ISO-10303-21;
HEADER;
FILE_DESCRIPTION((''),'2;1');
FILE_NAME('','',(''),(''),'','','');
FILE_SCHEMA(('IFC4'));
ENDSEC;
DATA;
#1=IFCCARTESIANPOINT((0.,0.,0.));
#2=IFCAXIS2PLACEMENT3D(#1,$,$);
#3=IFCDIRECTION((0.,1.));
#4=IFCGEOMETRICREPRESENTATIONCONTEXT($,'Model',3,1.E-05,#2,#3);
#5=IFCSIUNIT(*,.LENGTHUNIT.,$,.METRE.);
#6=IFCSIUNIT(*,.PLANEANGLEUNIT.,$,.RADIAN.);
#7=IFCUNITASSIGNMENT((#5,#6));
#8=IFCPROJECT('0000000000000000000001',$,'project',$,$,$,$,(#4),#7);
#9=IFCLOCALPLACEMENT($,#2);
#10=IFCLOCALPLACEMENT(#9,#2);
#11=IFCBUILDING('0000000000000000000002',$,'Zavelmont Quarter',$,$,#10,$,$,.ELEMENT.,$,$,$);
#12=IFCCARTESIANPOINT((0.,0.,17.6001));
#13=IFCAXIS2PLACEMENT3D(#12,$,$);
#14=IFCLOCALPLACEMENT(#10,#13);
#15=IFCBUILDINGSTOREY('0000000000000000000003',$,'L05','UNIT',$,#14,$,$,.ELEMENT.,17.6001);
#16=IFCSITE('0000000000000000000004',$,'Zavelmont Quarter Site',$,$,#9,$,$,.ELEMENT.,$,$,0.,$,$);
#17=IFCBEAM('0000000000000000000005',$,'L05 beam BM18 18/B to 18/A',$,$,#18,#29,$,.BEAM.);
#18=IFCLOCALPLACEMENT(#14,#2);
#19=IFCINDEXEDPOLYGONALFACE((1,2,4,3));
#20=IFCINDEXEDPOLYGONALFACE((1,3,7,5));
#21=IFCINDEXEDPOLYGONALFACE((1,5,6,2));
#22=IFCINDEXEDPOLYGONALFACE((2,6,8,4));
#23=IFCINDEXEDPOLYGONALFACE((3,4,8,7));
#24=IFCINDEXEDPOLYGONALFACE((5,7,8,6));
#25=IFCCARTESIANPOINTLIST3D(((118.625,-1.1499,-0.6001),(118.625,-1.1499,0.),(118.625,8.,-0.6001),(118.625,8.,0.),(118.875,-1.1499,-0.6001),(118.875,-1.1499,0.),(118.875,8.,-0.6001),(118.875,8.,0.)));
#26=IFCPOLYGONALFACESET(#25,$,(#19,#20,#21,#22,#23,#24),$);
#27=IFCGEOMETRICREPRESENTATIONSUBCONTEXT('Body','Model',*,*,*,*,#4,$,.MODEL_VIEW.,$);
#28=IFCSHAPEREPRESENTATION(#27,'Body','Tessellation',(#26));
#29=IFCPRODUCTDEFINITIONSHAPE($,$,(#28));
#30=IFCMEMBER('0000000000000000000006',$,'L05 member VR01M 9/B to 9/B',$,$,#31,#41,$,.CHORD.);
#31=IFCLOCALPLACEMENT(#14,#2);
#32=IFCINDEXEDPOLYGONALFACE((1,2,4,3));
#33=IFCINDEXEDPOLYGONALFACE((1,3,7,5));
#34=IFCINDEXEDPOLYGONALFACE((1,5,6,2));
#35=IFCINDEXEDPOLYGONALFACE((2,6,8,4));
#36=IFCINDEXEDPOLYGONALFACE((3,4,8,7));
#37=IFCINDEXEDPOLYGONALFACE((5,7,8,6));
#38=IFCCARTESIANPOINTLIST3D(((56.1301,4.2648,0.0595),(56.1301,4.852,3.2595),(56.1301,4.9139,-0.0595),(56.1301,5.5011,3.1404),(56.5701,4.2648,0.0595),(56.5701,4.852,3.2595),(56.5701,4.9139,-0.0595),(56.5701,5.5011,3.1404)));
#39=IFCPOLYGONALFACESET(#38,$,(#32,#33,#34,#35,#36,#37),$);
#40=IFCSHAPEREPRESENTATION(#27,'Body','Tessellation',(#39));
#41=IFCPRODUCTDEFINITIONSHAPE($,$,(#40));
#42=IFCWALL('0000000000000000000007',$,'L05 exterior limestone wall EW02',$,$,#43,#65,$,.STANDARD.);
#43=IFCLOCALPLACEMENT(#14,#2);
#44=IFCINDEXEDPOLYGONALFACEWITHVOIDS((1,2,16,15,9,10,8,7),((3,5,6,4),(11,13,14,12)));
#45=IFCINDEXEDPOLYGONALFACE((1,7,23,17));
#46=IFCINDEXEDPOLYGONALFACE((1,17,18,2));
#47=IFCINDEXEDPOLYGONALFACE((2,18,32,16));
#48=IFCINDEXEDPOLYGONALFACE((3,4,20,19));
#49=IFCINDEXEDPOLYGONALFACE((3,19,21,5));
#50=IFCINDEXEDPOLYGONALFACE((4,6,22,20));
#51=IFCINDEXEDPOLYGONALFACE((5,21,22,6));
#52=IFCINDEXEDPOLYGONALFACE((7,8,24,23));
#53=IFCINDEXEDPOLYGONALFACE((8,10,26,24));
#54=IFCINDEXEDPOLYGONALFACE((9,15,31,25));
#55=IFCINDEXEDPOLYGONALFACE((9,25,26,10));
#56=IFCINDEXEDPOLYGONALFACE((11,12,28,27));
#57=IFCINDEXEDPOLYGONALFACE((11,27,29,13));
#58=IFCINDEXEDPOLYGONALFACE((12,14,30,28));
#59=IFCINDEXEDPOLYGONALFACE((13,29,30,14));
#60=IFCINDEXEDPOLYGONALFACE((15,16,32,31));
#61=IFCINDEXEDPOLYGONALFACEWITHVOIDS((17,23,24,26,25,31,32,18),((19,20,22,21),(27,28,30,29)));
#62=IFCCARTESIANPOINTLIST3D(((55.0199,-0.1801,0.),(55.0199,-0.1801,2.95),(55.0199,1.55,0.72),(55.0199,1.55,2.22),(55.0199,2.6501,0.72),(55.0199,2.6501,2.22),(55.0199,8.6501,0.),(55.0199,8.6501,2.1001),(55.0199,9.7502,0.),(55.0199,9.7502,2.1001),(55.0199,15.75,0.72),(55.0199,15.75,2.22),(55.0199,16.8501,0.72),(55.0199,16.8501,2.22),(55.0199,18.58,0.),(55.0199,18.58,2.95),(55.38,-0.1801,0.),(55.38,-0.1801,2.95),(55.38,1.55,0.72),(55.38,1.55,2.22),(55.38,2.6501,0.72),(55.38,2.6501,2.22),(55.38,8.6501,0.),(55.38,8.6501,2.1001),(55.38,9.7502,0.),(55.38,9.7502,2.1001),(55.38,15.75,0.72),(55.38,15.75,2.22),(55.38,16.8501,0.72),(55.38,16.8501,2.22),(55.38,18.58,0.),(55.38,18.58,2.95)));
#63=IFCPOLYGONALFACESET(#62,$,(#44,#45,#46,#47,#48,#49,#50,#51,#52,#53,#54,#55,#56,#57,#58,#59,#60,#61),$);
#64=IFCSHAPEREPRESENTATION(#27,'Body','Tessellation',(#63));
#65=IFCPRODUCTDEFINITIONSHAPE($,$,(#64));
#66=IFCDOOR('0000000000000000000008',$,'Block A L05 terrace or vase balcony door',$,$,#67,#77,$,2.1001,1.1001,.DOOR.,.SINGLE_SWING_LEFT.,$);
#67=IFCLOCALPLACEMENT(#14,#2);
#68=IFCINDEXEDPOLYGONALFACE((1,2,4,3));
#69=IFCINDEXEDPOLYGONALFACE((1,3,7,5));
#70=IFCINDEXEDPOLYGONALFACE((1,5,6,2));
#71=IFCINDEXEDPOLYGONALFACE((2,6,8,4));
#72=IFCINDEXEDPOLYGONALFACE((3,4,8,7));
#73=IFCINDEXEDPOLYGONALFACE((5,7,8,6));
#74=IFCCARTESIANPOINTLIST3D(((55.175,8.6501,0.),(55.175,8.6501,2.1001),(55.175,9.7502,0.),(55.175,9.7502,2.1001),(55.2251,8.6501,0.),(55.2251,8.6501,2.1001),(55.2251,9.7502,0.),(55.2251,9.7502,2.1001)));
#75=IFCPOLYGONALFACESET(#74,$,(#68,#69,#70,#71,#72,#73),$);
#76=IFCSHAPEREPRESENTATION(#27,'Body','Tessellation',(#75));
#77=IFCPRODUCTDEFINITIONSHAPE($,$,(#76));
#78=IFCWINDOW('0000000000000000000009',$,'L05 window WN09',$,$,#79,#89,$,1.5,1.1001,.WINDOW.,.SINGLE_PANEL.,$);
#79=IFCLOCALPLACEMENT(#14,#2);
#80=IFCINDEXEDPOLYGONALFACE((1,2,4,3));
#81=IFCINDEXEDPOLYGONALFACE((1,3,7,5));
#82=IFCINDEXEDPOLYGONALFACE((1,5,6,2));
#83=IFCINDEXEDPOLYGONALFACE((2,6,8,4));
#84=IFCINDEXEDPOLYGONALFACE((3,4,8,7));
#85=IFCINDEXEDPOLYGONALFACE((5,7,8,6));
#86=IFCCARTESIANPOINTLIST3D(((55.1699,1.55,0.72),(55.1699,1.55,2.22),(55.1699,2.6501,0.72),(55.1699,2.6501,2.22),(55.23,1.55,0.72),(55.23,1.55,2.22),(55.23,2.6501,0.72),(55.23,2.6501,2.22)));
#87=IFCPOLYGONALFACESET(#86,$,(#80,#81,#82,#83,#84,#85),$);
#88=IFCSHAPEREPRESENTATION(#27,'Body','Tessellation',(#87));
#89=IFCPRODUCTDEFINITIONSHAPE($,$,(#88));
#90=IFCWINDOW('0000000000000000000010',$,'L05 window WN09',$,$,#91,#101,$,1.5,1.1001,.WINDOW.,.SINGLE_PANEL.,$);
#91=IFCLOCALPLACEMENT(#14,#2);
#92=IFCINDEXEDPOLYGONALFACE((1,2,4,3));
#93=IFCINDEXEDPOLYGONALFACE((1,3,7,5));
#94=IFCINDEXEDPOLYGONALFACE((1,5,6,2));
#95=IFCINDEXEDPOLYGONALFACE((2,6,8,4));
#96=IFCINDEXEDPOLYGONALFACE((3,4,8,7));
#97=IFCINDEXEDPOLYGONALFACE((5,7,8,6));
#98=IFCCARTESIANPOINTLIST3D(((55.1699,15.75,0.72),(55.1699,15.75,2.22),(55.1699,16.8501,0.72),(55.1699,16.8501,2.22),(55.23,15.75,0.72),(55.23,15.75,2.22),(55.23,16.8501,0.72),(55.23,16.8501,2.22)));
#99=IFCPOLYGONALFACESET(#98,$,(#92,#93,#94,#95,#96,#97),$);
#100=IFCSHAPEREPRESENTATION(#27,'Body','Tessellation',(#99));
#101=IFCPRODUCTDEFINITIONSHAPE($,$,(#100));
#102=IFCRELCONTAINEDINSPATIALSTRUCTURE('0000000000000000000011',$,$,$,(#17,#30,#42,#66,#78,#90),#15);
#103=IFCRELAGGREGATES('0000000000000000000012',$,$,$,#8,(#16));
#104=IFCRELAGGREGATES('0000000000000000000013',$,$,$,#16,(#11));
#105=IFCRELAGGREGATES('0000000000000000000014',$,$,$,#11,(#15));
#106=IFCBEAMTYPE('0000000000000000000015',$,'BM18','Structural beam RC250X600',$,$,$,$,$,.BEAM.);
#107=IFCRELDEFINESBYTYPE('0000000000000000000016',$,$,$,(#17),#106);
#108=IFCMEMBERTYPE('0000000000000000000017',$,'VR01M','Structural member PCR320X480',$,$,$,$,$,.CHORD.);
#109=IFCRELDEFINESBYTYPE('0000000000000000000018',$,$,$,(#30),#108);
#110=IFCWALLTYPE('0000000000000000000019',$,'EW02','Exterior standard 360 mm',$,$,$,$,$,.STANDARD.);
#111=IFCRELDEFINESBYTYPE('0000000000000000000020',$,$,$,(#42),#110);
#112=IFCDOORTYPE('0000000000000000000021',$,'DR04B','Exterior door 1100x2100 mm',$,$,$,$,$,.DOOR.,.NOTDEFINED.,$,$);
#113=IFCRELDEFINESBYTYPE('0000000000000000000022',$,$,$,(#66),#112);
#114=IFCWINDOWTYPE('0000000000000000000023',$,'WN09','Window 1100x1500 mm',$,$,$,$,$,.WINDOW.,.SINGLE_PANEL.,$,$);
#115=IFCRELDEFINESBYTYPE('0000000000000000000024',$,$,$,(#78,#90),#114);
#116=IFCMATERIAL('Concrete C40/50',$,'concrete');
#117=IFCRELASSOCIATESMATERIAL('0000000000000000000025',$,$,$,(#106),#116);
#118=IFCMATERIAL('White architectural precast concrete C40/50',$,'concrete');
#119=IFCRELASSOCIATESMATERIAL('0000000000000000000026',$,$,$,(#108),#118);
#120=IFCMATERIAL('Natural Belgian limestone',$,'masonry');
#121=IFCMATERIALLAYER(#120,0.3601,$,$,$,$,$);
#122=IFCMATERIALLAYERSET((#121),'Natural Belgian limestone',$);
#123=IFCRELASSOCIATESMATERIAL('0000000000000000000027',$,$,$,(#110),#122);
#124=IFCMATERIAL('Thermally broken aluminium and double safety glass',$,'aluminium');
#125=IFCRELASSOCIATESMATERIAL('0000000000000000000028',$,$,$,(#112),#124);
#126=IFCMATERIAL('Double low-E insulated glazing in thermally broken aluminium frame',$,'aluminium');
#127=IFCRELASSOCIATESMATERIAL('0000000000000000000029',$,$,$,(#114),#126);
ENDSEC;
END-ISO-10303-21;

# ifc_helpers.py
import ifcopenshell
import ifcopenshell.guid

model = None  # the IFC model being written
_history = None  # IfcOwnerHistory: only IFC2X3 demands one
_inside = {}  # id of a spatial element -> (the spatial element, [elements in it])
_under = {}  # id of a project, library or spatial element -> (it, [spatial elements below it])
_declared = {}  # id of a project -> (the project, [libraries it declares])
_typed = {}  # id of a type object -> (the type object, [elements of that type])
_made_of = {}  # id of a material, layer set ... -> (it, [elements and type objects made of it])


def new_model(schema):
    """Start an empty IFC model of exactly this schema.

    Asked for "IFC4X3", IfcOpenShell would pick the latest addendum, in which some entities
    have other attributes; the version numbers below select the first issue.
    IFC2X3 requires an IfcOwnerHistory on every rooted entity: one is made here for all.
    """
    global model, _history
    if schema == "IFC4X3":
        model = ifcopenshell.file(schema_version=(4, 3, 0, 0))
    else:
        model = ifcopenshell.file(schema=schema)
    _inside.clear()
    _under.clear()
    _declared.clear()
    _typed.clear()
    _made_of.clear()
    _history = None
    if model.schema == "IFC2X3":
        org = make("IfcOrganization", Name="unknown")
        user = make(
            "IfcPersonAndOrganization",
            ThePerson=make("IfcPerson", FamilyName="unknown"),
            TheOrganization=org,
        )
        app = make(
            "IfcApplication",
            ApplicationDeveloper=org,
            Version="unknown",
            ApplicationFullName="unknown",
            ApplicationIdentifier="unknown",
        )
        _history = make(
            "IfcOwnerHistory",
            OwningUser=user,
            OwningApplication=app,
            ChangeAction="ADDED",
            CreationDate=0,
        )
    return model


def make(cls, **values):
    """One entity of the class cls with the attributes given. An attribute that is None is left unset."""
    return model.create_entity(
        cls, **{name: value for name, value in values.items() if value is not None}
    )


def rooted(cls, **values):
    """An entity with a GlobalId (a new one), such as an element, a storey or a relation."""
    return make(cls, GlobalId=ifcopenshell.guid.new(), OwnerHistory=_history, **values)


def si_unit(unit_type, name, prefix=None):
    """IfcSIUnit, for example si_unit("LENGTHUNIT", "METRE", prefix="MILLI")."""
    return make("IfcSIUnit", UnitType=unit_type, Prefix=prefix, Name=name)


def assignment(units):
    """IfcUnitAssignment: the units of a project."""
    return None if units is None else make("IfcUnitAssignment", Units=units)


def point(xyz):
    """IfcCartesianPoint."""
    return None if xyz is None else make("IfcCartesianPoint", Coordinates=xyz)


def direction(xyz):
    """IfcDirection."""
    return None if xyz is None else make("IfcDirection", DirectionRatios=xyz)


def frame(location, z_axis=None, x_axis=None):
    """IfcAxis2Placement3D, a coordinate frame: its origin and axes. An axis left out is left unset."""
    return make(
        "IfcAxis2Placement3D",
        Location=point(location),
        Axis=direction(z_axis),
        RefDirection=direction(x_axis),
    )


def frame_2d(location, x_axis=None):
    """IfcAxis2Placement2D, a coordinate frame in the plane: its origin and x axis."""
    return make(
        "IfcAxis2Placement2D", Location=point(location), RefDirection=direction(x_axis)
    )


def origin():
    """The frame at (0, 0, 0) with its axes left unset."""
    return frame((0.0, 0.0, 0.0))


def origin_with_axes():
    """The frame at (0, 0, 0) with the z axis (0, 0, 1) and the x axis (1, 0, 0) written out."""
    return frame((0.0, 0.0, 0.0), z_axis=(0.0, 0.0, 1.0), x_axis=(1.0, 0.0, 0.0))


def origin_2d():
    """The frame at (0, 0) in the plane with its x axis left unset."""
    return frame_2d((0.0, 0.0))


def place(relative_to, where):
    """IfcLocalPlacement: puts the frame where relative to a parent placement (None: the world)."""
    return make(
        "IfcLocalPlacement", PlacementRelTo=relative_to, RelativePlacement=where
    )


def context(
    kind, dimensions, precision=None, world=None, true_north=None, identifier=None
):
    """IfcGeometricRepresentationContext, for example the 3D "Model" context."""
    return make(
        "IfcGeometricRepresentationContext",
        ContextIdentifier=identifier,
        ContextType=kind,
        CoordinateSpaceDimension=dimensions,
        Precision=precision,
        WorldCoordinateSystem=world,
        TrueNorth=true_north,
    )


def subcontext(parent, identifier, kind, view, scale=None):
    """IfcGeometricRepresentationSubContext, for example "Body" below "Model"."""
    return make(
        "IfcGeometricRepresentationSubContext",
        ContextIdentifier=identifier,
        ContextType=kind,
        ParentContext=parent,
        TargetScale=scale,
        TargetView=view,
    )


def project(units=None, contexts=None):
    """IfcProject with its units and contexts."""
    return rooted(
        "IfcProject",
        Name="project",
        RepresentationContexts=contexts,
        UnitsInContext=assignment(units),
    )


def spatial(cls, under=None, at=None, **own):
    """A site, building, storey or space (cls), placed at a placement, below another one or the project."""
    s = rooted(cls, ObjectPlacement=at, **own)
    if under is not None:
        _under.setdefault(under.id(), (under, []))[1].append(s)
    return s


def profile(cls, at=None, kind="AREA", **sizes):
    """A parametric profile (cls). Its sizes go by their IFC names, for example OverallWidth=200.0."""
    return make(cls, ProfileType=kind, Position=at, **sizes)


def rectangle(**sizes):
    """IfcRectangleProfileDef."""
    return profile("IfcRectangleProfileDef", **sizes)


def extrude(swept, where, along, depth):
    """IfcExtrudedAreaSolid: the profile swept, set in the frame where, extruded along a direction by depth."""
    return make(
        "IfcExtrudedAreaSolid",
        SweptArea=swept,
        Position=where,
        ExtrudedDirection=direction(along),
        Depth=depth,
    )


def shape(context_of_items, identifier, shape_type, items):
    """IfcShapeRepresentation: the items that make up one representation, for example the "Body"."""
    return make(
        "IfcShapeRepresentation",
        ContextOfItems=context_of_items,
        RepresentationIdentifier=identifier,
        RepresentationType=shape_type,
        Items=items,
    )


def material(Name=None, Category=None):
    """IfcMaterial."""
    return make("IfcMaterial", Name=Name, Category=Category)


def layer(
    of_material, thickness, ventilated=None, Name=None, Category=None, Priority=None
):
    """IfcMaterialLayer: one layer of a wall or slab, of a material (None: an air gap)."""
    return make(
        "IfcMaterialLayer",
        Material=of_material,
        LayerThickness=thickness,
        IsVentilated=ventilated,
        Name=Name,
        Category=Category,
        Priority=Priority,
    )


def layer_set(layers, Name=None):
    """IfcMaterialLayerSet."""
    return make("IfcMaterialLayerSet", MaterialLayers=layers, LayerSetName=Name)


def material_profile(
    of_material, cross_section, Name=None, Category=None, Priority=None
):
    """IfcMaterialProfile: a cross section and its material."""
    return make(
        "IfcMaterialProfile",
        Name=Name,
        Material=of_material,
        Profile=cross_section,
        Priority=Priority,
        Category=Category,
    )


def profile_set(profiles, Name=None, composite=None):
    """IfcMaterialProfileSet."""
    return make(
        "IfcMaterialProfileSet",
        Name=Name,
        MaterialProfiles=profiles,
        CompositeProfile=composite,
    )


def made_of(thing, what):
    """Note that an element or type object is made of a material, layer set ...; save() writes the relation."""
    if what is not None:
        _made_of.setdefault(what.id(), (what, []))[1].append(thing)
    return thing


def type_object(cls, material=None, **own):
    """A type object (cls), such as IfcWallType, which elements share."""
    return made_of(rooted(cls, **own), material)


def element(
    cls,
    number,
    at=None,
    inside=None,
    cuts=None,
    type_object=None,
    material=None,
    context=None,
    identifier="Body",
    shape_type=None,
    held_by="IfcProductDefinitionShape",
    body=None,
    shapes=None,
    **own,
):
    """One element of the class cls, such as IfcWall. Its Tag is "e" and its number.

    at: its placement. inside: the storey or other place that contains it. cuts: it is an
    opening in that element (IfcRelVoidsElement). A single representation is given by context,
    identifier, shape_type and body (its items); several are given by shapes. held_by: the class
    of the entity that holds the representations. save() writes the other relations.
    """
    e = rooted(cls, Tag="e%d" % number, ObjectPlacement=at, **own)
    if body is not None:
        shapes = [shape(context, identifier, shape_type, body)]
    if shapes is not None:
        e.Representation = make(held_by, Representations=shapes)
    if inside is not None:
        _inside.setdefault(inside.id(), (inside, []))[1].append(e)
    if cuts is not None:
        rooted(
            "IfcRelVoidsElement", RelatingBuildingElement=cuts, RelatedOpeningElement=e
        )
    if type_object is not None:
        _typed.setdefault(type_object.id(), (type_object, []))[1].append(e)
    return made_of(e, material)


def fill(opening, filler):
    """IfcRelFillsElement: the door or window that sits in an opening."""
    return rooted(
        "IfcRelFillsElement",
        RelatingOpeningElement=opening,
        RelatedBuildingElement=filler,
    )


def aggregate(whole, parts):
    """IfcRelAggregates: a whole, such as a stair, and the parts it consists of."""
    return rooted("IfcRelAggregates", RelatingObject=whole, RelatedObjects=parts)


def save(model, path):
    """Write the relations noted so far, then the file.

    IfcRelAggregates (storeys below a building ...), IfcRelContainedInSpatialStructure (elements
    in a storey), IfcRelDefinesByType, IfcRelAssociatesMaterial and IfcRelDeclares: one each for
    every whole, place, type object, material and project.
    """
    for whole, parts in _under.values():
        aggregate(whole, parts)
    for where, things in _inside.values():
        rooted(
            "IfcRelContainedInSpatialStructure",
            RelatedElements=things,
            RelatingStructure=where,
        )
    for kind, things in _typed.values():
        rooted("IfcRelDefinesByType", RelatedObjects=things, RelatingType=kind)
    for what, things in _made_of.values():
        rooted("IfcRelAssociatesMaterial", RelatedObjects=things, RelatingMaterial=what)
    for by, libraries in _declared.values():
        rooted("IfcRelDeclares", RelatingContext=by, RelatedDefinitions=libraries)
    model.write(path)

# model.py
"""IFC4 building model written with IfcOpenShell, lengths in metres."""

from ifc_helpers import new_model, si_unit, direction, frame, frame_2d, origin, origin_with_axes, origin_2d, place, context, subcontext, project, spatial, rectangle, extrude, material, layer, layer_set, material_profile, profile_set, type_object, element, fill, save


model = new_model("IFC4")

# Units and contexts
model_context = context("Model", 3, precision=1e-05, world=origin(), true_north=direction((0.0, 1.0)))
body_context = subcontext(model_context, "Body", "Model", "MODEL_VIEW")
ifc_project = project(units=[si_unit("LENGTHUNIT", "METRE"), si_unit("PLANEANGLEUNIT", "RADIAN")], contexts=[model_context])

# Site, building, storey
site_placement = place(None, origin())
site = spatial("IfcSite", under=ifc_project, at=site_placement, Name="Zavelmont Quarter Site", CompositionType="ELEMENT", RefElevation=0.0)
building_placement = place(site_placement, origin())
building = spatial("IfcBuilding", under=site, at=building_placement, Name="Zavelmont Quarter", CompositionType="ELEMENT")
storey_placement = place(building_placement, frame((0.0, 0.0, 17.6001)))
storey = spatial("IfcBuildingStorey", under=building, at=storey_placement, Name="L05", Description="UNIT", CompositionType="ELEMENT", Elevation=17.6001)

# Shared definitions
ifc_material_1 = material(Name="Concrete C40/50", Category="concrete")

# Beam
ifc_material_profile_1 = material_profile(ifc_material_1, rectangle(XDim=0.25, YDim=0.6001, at=origin_2d()), Name="RC250X600")
ifc_profile_set_1 = profile_set([ifc_material_profile_1], Name="Concrete C40/50")
beam_type_1 = type_object("IfcBeamType", Name="BM18", Description="Structural beam RC250X600", PredefinedType="BEAM", material=ifc_profile_set_1)
beam_1_placement = place(storey_placement, frame((118.75, 8.0, -0.3), z_axis=(0.0, -1.0, 0.0), x_axis=(1.0, 0.0, 0.0)))
element("IfcBeam", 1, at=beam_1_placement, inside=storey, type_object=beam_type_1, Name="L05 beam BM18 18/B to 18/A", PredefinedType="BEAM", context=body_context, shape_type="SweptSolid", body=[
    extrude(rectangle(XDim=0.25, YDim=0.6001, at=origin_2d()), origin(), (0.0, 0.0, 1.0), 9.1499),
])

# Member
ifc_material_2 = material(Name="White architectural precast concrete C40/50", Category="concrete")
ifc_material_profile_2 = material_profile(ifc_material_2, rectangle(XDim=0.4399, YDim=0.6599, at=origin_2d()), Name="PCR320X480")
ifc_profile_set_2 = profile_set([ifc_material_profile_2], Name="White architectural precast concrete C40/50")
member_type = type_object("IfcMemberType", Name="VR01M", Description="Structural member PCR320X480", PredefinedType="CHORD", material=ifc_profile_set_2)
member_placement = place(storey_placement, frame((56.3501, 4.5894, 0.0), z_axis=(0.0, 0.180477, 0.983579), x_axis=(-1.0, 0.0, 0.0)))
element("IfcMember", 2, at=member_placement, inside=storey, type_object=member_type, Name="L05 member VR01M 9/B to 9/B", PredefinedType="CHORD", context=body_context, shape_type="SweptSolid", body=[
    extrude(rectangle(XDim=0.4399, YDim=0.6599, at=origin_2d()), origin(), (0.0, 0.0, 1.0), 3.2534),
])

# Wall, openings, door, windows
ifc_material_3 = material(Name="Natural Belgian limestone", Category="masonry")
ifc_layer = layer(ifc_material_3, 0.3601)
ifc_layer_set = layer_set([ifc_layer], Name="Natural Belgian limestone")
wall_type = type_object("IfcWallType", Name="EW02", Description="Exterior standard 360 mm", PredefinedType="STANDARD", material=ifc_layer_set)
wall_placement = place(storey_placement, frame((55.2, -0.1799, 0.0), z_axis=(0.0, 0.0, 1.0), x_axis=(0.0, 1.0, 0.0)))
wall = element("IfcWall", 3, at=wall_placement, inside=storey, type_object=wall_type, Name="L05 exterior limestone wall EW02", PredefinedType="STANDARD", context=body_context, shape_type="SweptSolid", body=[
    extrude(rectangle(XDim=18.76, YDim=0.3601, at=frame_2d((9.3799, 0.0))), origin(), (0.0, 0.0, 1.0), 2.95),
])
opening_1_placement = place(wall_placement, frame((8.8301, 0.0, 0.0)))
opening_1 = element("IfcOpeningElement", 4, at=opening_1_placement, cuts=wall, PredefinedType="OPENING", context=body_context, shape_type="SweptSolid", body=[
    extrude(rectangle(XDim=1.1001, YDim=2.1001, at=frame_2d((0.55, 1.05))), frame((0.0, 0.1919, 0.0), z_axis=(0.0, -1.0, 0.0), x_axis=(1.0, 0.0, 0.0)), (0.0, 0.0, 1.0), 0.384),
])
opening_2_placement = place(wall_placement, frame((1.73, 0.0, 0.72)))
opening_2 = element("IfcOpeningElement", 5, at=opening_2_placement, cuts=wall, PredefinedType="OPENING", context=body_context, shape_type="SweptSolid", body=[
    extrude(rectangle(XDim=1.1001, YDim=1.5, at=frame_2d((0.55, 0.75))), frame((0.0, 0.1919, 0.0), z_axis=(0.0, -1.0, 0.0), x_axis=(1.0, 0.0, 0.0)), (0.0, 0.0, 1.0), 0.384),
])
opening_3_placement = place(wall_placement, frame((15.9299, 0.0, 0.72)))
opening_3 = element("IfcOpeningElement", 6, at=opening_3_placement, cuts=wall, PredefinedType="OPENING", context=body_context, shape_type="SweptSolid", body=[
    extrude(rectangle(XDim=1.1001, YDim=1.5, at=frame_2d((0.55, 0.75))), frame((0.0, 0.1919, 0.0), z_axis=(0.0, -1.0, 0.0), x_axis=(1.0, 0.0, 0.0)), (0.0, 0.0, 1.0), 0.384),
])
ifc_material_4 = material(Name="Thermally broken aluminium and double safety glass", Category="aluminium")
door_type = type_object("IfcDoorType", Name="DR04B", Description="Exterior door 1100x2100 mm", OperationType="NOTDEFINED", PredefinedType="DOOR", material=ifc_material_4)
door_placement = place(opening_1_placement, origin_with_axes())
door = element("IfcDoor", 7, at=door_placement, inside=storey, type_object=door_type, Name="Block A L05 terrace or vase balcony door", OperationType="SINGLE_SWING_LEFT", OverallHeight=2.1001, OverallWidth=1.1001, PredefinedType="DOOR", context=body_context, shape_type="SweptSolid", body=[
    extrude(rectangle(XDim=1.1001, YDim=2.1001, at=frame_2d((0.55, 1.05))), frame((0.0, 0.0249, 0.0), z_axis=(0.0, -1.0, 0.0), x_axis=(1.0, 0.0, 0.0)), (0.0, 0.0, 1.0), 0.05),
])
fill(opening_1, door)
ifc_material_5 = material(Name="Double low-E insulated glazing in thermally broken aluminium frame", Category="aluminium")
window_type = type_object("IfcWindowType", Name="WN09", Description="Window 1100x1500 mm", PartitioningType="SINGLE_PANEL", PredefinedType="WINDOW", material=ifc_material_5)
window_1_placement = place(opening_2_placement, origin_with_axes())
window_1 = element("IfcWindow", 8, at=window_1_placement, inside=storey, type_object=window_type, Name="L05 window WN09", OverallHeight=1.5, OverallWidth=1.1001, PartitioningType="SINGLE_PANEL", PredefinedType="WINDOW", context=body_context, shape_type="SweptSolid", body=[
    extrude(rectangle(XDim=1.1001, YDim=1.5, at=frame_2d((0.55, 0.75))), frame((0.0, 0.03, 0.0), z_axis=(0.0, -1.0, 0.0), x_axis=(1.0, 0.0, 0.0)), (0.0, 0.0, 1.0), 0.0601),
])
fill(opening_2, window_1)
window_2_placement = place(opening_3_placement, origin_with_axes())
window_2 = element("IfcWindow", 9, at=window_2_placement, inside=storey, type_object=window_type, Name="L05 window WN09", OverallHeight=1.5, OverallWidth=1.1001, PartitioningType="SINGLE_PANEL", PredefinedType="WINDOW", context=body_context, shape_type="SweptSolid", body=[
    extrude(rectangle(XDim=1.1001, YDim=1.5, at=frame_2d((0.55, 0.75))), frame((0.0, 0.03, 0.0), z_axis=(0.0, -1.0, 0.0), x_axis=(1.0, 0.0, 0.0)), (0.0, 0.0, 1.0), 0.0601),
])
fill(opening_3, window_2)

save(model, "model.ifc")
